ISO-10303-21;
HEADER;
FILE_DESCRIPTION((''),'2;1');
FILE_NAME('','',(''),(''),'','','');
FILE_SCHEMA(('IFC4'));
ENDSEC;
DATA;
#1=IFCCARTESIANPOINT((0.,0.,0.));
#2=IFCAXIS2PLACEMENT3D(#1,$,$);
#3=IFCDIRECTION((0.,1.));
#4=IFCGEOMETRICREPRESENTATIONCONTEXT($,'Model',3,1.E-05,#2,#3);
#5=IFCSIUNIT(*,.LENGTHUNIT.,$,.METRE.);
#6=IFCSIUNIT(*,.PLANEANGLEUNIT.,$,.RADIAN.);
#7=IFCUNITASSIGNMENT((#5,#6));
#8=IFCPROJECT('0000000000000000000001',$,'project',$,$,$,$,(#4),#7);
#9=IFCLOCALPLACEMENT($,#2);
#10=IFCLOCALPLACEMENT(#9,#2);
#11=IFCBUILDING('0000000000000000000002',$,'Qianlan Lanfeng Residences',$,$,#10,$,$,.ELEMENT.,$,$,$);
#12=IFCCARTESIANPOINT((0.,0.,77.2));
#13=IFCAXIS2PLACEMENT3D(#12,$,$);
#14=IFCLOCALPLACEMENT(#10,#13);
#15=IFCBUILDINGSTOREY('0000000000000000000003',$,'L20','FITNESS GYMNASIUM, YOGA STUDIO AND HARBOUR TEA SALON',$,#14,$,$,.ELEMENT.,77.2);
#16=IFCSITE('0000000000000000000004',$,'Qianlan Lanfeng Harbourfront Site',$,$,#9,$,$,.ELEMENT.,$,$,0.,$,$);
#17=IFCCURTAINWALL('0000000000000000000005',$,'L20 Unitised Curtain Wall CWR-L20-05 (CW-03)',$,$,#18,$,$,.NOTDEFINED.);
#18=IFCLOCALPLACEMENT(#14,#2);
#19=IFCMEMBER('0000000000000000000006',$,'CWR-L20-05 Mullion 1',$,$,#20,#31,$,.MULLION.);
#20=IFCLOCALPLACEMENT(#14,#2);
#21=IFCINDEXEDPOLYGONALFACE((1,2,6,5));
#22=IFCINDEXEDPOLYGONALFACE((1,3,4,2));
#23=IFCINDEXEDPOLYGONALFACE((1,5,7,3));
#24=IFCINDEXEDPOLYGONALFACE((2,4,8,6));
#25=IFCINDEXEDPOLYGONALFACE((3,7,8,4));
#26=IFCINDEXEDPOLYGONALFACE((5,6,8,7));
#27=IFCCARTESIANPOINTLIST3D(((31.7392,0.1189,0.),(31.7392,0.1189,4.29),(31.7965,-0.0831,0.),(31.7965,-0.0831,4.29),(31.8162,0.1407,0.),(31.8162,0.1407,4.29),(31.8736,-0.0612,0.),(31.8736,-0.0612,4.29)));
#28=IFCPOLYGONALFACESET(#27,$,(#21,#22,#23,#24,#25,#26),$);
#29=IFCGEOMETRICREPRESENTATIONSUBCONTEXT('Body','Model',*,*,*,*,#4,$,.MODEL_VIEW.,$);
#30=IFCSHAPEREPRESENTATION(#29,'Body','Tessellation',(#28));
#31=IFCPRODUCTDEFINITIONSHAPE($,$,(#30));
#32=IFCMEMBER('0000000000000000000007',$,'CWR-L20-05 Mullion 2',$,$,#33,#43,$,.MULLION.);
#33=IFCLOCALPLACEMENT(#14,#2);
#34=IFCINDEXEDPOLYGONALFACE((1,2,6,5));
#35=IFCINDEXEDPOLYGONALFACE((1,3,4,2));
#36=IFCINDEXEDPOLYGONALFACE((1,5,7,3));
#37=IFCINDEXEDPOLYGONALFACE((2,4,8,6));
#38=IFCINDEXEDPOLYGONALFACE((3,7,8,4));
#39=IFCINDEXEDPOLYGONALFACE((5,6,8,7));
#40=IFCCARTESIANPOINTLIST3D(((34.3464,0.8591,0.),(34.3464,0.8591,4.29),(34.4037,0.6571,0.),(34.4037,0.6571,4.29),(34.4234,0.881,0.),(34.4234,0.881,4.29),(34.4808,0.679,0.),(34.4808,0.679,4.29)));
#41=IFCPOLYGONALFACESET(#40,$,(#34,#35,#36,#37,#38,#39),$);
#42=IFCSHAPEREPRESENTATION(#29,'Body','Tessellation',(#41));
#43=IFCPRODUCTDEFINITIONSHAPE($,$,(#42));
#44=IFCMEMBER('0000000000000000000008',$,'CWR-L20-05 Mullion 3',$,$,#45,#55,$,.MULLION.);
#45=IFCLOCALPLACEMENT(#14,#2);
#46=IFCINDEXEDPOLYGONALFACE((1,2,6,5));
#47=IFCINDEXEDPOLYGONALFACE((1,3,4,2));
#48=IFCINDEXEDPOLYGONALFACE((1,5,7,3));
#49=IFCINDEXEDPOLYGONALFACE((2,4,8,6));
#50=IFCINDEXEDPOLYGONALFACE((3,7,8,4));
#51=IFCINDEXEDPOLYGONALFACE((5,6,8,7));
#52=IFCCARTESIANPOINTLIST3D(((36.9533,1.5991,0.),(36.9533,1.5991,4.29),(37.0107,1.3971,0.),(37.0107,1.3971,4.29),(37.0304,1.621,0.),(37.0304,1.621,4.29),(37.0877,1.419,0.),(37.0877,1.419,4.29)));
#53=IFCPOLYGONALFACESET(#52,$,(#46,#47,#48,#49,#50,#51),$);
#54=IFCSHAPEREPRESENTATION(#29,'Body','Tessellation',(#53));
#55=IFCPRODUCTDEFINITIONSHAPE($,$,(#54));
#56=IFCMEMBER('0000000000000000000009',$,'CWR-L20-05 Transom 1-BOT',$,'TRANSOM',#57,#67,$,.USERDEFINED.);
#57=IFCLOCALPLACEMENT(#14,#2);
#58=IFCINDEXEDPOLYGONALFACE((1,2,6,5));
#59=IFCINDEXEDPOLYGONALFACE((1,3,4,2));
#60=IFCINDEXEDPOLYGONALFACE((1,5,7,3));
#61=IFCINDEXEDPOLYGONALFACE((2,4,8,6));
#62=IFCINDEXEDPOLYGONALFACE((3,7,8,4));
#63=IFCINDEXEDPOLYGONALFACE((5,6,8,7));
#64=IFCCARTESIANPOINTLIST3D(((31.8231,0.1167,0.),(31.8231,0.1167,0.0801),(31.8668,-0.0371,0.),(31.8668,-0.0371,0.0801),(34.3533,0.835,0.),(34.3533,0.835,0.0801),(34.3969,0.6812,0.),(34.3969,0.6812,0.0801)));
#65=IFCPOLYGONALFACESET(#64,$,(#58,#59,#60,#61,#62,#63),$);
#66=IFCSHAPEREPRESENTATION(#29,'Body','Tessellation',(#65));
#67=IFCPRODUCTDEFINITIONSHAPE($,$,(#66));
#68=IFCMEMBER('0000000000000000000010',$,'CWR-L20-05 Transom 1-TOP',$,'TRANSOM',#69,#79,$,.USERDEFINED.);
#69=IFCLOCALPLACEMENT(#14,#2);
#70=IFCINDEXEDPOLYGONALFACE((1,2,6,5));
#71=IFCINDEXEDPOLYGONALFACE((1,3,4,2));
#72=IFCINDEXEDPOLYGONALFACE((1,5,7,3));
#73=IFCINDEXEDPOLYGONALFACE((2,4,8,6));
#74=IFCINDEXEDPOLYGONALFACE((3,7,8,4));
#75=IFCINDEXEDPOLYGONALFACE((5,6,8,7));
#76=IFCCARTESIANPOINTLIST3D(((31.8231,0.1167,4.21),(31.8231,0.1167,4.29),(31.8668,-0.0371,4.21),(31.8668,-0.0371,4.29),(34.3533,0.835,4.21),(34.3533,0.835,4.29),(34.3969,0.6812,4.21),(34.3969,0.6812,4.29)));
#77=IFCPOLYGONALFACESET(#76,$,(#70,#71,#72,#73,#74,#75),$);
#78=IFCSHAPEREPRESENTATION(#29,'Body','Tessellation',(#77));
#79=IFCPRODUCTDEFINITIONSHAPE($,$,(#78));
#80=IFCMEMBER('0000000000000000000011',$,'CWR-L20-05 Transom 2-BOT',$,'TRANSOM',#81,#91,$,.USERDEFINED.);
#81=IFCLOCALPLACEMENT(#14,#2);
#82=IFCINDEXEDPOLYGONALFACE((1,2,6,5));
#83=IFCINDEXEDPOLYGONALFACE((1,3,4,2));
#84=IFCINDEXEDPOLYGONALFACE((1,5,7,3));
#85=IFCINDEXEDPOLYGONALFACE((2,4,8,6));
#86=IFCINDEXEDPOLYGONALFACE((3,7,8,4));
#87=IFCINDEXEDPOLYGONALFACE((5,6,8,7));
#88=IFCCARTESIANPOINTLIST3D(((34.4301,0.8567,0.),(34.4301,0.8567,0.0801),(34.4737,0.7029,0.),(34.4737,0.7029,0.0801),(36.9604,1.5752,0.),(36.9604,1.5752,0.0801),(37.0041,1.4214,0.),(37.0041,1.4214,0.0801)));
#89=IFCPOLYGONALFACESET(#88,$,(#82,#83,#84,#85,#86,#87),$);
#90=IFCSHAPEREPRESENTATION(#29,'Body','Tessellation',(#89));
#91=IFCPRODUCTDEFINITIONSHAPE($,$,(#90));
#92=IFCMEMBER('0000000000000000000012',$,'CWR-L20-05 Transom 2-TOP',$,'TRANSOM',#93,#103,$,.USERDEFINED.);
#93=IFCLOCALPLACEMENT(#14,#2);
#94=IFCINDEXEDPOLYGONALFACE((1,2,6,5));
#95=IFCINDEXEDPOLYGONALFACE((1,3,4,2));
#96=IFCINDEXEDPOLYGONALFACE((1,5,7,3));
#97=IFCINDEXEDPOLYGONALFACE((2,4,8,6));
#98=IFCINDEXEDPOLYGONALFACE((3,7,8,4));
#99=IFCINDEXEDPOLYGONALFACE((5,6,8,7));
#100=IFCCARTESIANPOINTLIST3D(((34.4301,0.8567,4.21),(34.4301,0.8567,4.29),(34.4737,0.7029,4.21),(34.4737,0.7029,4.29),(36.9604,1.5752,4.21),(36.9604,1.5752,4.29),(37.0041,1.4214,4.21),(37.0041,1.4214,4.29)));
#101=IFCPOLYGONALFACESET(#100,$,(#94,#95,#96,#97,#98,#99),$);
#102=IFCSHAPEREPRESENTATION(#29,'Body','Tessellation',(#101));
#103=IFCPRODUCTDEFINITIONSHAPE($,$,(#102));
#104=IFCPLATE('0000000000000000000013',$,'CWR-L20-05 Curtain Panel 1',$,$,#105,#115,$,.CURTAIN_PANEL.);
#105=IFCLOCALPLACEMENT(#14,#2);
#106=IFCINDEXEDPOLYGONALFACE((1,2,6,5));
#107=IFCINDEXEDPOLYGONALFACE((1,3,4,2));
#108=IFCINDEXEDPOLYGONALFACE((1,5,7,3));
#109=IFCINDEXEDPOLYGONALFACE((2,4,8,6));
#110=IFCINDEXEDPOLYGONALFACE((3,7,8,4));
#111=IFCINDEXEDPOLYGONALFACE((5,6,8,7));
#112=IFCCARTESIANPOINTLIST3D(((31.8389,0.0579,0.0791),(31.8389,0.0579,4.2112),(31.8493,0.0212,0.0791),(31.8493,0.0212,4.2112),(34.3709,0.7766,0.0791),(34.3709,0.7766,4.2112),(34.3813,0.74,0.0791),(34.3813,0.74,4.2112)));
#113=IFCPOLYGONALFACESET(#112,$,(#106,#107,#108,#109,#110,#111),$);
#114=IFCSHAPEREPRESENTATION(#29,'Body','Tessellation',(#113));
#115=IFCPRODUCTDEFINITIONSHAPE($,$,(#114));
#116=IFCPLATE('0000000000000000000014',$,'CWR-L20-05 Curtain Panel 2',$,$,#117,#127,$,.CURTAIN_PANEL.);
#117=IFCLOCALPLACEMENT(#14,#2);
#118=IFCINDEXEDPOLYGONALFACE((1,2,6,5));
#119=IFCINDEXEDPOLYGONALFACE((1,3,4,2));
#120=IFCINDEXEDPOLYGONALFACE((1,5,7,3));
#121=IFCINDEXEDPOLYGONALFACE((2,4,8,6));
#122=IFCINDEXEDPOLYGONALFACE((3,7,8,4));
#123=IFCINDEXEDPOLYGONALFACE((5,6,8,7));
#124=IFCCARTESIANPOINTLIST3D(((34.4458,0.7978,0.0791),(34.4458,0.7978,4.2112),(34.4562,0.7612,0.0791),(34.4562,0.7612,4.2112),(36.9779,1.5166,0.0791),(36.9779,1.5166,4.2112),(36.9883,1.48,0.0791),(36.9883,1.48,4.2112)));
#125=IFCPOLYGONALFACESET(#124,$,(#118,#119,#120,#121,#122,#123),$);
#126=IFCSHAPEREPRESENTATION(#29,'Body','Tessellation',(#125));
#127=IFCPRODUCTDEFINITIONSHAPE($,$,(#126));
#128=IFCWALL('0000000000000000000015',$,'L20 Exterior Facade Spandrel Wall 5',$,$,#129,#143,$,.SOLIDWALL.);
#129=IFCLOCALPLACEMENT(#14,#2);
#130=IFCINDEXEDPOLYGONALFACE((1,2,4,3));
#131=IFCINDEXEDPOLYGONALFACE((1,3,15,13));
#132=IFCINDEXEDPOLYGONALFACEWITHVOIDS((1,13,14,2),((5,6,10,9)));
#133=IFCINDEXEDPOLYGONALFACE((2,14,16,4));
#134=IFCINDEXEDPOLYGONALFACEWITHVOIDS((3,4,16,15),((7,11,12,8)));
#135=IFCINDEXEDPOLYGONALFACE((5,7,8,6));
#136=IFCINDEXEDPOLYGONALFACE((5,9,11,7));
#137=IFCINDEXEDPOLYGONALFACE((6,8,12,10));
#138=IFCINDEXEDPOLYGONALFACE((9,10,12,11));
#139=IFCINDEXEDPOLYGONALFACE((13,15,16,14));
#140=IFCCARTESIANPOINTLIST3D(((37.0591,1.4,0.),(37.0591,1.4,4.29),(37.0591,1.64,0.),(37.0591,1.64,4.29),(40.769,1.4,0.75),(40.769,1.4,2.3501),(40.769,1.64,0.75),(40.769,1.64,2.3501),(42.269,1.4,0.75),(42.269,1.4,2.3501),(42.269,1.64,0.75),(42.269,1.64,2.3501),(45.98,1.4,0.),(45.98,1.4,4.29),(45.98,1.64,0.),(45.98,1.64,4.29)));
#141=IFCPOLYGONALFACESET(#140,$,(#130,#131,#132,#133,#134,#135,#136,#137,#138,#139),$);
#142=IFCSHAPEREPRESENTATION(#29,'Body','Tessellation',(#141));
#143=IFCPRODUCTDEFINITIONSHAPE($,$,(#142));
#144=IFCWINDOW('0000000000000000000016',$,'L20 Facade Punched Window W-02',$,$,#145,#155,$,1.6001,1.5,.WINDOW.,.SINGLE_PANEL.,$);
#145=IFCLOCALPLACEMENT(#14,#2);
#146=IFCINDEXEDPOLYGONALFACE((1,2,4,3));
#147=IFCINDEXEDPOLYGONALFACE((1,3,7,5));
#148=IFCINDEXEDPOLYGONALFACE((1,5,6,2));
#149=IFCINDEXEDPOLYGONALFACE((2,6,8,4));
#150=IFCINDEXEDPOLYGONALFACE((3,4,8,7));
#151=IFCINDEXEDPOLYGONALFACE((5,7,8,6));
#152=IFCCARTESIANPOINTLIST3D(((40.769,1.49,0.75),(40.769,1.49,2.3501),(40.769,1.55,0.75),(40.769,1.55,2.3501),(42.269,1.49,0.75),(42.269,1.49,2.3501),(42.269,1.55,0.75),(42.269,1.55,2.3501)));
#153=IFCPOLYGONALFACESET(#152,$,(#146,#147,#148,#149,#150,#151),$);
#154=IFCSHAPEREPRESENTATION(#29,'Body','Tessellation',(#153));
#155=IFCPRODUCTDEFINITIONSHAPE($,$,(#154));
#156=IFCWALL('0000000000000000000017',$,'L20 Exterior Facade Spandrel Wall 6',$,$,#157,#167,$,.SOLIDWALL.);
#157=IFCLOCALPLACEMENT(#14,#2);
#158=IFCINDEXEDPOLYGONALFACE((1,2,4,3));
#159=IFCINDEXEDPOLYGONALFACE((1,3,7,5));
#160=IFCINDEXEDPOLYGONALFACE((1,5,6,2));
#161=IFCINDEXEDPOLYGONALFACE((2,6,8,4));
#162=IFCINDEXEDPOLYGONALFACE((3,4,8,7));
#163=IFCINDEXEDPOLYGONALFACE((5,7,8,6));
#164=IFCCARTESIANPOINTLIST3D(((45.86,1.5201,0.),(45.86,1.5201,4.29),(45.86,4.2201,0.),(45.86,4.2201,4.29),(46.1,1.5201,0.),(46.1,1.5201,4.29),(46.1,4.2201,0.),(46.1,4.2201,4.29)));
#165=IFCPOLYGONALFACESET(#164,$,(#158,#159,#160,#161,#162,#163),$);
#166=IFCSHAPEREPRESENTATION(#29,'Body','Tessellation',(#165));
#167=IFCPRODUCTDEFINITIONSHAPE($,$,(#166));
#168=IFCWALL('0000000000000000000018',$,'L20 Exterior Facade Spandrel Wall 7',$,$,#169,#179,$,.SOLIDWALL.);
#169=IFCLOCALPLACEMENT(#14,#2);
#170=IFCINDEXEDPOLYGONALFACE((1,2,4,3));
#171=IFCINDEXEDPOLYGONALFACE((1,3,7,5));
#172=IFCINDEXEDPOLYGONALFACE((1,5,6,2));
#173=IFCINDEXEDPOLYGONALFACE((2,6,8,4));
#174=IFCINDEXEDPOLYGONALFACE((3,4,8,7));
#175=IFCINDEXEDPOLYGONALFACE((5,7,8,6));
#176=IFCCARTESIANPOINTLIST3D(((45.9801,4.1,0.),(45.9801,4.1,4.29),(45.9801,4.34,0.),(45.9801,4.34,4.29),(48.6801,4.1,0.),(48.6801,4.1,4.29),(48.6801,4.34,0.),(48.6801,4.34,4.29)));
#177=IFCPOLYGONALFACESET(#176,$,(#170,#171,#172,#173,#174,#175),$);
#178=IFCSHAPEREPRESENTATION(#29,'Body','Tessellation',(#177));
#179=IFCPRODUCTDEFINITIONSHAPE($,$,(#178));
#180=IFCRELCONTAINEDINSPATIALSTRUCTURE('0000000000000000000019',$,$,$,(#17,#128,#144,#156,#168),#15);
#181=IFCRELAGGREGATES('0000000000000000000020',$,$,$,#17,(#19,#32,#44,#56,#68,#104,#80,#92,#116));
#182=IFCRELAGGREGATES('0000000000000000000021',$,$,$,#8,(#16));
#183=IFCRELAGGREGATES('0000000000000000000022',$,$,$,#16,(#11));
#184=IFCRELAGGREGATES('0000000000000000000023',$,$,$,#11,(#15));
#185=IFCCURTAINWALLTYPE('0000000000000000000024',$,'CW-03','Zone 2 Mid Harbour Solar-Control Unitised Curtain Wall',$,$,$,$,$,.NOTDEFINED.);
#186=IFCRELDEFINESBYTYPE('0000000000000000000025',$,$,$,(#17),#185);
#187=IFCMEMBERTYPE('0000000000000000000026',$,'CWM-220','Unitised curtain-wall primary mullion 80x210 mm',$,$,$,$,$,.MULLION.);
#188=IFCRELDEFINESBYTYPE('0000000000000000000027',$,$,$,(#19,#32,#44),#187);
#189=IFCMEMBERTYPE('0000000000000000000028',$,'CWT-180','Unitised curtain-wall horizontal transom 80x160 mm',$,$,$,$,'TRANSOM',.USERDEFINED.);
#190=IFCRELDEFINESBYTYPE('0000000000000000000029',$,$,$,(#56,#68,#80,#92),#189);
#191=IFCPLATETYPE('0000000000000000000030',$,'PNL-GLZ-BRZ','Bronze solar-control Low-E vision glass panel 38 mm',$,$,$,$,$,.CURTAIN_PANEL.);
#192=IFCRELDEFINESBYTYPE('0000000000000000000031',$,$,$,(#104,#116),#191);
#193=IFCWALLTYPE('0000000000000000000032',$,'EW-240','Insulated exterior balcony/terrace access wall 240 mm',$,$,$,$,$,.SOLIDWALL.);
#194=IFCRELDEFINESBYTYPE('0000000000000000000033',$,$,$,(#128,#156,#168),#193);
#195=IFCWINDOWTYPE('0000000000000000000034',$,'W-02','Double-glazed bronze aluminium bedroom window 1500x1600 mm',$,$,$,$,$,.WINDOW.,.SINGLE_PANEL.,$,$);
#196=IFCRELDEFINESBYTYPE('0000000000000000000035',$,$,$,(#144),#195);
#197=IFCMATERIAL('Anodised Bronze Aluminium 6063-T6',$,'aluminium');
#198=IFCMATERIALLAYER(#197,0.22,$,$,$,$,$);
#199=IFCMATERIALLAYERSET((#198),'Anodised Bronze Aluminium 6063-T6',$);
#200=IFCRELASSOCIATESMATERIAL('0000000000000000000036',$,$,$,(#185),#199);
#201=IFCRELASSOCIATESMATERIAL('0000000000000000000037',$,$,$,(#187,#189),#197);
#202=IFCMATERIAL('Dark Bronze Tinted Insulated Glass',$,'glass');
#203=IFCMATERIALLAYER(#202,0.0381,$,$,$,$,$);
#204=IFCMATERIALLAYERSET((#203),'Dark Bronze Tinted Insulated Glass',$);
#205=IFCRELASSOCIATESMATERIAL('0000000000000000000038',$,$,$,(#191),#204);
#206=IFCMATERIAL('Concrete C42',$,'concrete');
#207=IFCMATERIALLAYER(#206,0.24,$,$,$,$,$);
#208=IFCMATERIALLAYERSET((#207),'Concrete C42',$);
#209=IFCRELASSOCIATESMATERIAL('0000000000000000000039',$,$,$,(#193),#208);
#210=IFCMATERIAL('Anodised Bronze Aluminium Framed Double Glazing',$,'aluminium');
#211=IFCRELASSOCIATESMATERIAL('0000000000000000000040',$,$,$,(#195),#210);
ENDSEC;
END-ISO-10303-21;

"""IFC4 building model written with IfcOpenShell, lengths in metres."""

from ifc_helpers import new_model, si_unit, direction, frame, frame_2d, origin, origin_2d, place, context, subcontext, project, spatial, rectangle, extrude, source, transform, mapped, material, layer, layer_set, material_profile, profile_set, type_object, element, fill, aggregate, save


model = new_model("IFC4")

# Units and contexts
model_context = context("Model", 3, precision=1e-05, world=origin(), true_north=direction((0.0, 1.0)))
body_context = subcontext(model_context, "Body", "Model", "MODEL_VIEW")
ifc_project = project(units=[si_unit("LENGTHUNIT", "METRE"), si_unit("PLANEANGLEUNIT", "RADIAN")], contexts=[model_context])

# Site, building, storey
site_placement = place(None, origin())
site = spatial("IfcSite", under=ifc_project, at=site_placement, Name="Qianlan Lanfeng Harbourfront Site", CompositionType="ELEMENT", RefElevation=0.0)
building_placement = place(site_placement, origin())
building = spatial("IfcBuilding", under=site, at=building_placement, Name="Qianlan Lanfeng Residences", CompositionType="ELEMENT")
storey_placement = place(building_placement, frame((0.0, 0.0, 77.2)))
storey = spatial("IfcBuildingStorey", under=building, at=storey_placement, Name="L20", Description="FITNESS GYMNASIUM, YOGA STUDIO AND HARBOUR TEA SALON", CompositionType="ELEMENT", Elevation=77.2)

# Curtain wall, members, plates
ifc_material_1 = material(Name="Anodised Bronze Aluminium 6063-T6", Category="aluminium")
ifc_layer_1 = layer(ifc_material_1, 0.22)
ifc_layer_set_1 = layer_set([ifc_layer_1], Name="Anodised Bronze Aluminium 6063-T6")
curtain_wall_type = type_object("IfcCurtainWallType", Name="CW-03", Description="Zone 2 Mid Harbour Solar-Control Unitised Curtain Wall", PredefinedType="NOTDEFINED", material=ifc_layer_set_1)
curtain_wall_placement = place(storey_placement, origin())
curtain_wall = element("IfcCurtainWall", 1, at=curtain_wall_placement, inside=storey, type_object=curtain_wall_type, Name="L20 Unitised Curtain Wall CWR-L20-05 (CW-03)", PredefinedType="NOTDEFINED")
ifc_material_profile_1 = material_profile(ifc_material_1, rectangle(XDim=0.0801, YDim=0.21, at=origin_2d()), Name="ALU MULLION 80x210")
ifc_profile_set_1 = profile_set([ifc_material_profile_1], Name="Anodised Bronze Aluminium 6063-T6")
member_type_1 = type_object("IfcMemberType", Name="CWM-220", Description="Unitised curtain-wall primary mullion 80x210 mm", PredefinedType="MULLION", material=ifc_profile_set_1)
shared_shape_1 = source(origin(), body_context, "Body", "SweptSolid", [
    extrude(rectangle(XDim=0.0801, YDim=0.21, at=origin_2d()), origin(), (0.0, 0.0, 1.0), 4.29),
])
member_1_placement = place(storey_placement, frame((31.8064, 0.0288, 0.0), z_axis=(0.0, 0.0, 1.0), x_axis=(0.961989, 0.273088, 0.0)))
member_1 = element("IfcMember", 2, at=member_1_placement, type_object=member_type_1, Name="CWR-L20-05 Mullion 1", PredefinedType="MULLION", context=body_context, shape_type="MappedRepresentation", body=[
    mapped(shared_shape_1, transform((0.0, 0.0, 0.0), scale=1.0)),
])
member_2_placement = place(storey_placement, frame((34.4136, 0.769, 0.0), z_axis=(0.0, 0.0, 1.0), x_axis=(0.961989, 0.273088, 0.0)))
member_2 = element("IfcMember", 3, at=member_2_placement, type_object=member_type_1, Name="CWR-L20-05 Mullion 2", PredefinedType="MULLION", context=body_context, shape_type="MappedRepresentation", body=[
    mapped(shared_shape_1, transform((0.0, 0.0, 0.0), scale=1.0)),
])
member_3_placement = place(storey_placement, frame((37.0205, 1.509, 0.0), z_axis=(0.0, 0.0, 1.0), x_axis=(0.961989, 0.273088, 0.0)))
member_3 = element("IfcMember", 4, at=member_3_placement, type_object=member_type_1, Name="CWR-L20-05 Mullion 3", PredefinedType="MULLION", context=body_context, shape_type="MappedRepresentation", body=[
    mapped(shared_shape_1, transform((0.0, 0.0, 0.0), scale=1.0)),
])
ifc_material_profile_2 = material_profile(ifc_material_1, rectangle(XDim=0.0801, YDim=0.1599, at=origin_2d()), Name="ALU TRANSOM 80x160")
ifc_profile_set_2 = profile_set([ifc_material_profile_2], Name="Anodised Bronze Aluminium 6063-T6")
member_type_2 = type_object("IfcMemberType", Name="CWT-180", Description="Unitised curtain-wall horizontal transom 80x160 mm", ElementType="TRANSOM", PredefinedType="USERDEFINED", material=ifc_profile_set_2)
shared_shape_2 = source(origin(), body_context, "Body", "SweptSolid", [
    extrude(rectangle(XDim=0.0801, YDim=0.1599, at=origin_2d()), origin(), (0.0, 0.0, 1.0), 2.6301),
])
member_4_placement = place(storey_placement, frame((31.845, 0.0398, 0.04), z_axis=(0.961985, 0.273102, 0.0), x_axis=(0.0, 0.0, 1.0)))
member_4 = element("IfcMember", 5, at=member_4_placement, type_object=member_type_2, Name="CWR-L20-05 Transom 1-BOT", ObjectType="TRANSOM", PredefinedType="USERDEFINED", context=body_context, shape_type="MappedRepresentation", body=[
    mapped(shared_shape_2, transform((0.0, 0.0, 0.0), scale=1.0)),
])
member_5_placement = place(storey_placement, frame((31.845, 0.0398, 4.25), z_axis=(0.961985, 0.273102, 0.0), x_axis=(0.0, 0.0, 1.0)))
member_5 = element("IfcMember", 6, at=member_5_placement, type_object=member_type_2, Name="CWR-L20-05 Transom 1-TOP", ObjectType="TRANSOM", PredefinedType="USERDEFINED", context=body_context, shape_type="MappedRepresentation", body=[
    mapped(shared_shape_2, transform((0.0, 0.0, 0.0), scale=1.0)),
])
shared_shape_3 = source(origin(), body_context, "Body", "SweptSolid", [
    extrude(rectangle(XDim=0.0801, YDim=0.1599, at=origin_2d()), origin(), (0.0, 0.0, 1.0), 2.6304),
])
member_6_placement = place(storey_placement, frame((34.4519, 0.7798, 0.04), z_axis=(0.961968, 0.273164, 0.0), x_axis=(0.0, 0.0, 1.0)))
member_6 = element("IfcMember", 7, at=member_6_placement, type_object=member_type_2, Name="CWR-L20-05 Transom 2-BOT", ObjectType="TRANSOM", PredefinedType="USERDEFINED", context=body_context, shape_type="MappedRepresentation", body=[
    mapped(shared_shape_3, transform((0.0, 0.0, 0.0), scale=1.0)),
])
member_7_placement = place(storey_placement, frame((34.4519, 0.7798, 4.25), z_axis=(0.961968, 0.273164, 0.0), x_axis=(0.0, 0.0, 1.0)))
member_7 = element("IfcMember", 8, at=member_7_placement, type_object=member_type_2, Name="CWR-L20-05 Transom 2-TOP", ObjectType="TRANSOM", PredefinedType="USERDEFINED", context=body_context, shape_type="MappedRepresentation", body=[
    mapped(shared_shape_3, transform((0.0, 0.0, 0.0), scale=1.0)),
])
ifc_material_2 = material(Name="Dark Bronze Tinted Insulated Glass", Category="glass")
ifc_layer_2 = layer(ifc_material_2, 0.0381)
ifc_layer_set_2 = layer_set([ifc_layer_2], Name="Dark Bronze Tinted Insulated Glass")
plate_type = type_object("IfcPlateType", Name="PNL-GLZ-BRZ", Description="Bronze solar-control Low-E vision glass panel 38 mm", PredefinedType="CURTAIN_PANEL", material=ifc_layer_set_2)
shared_shape_4 = source(origin(), body_context, "Body", "SweptSolid", [
    extrude(rectangle(XDim=2.6321, YDim=0.0381, at=origin_2d()), origin(), (0.0, 0.0, 1.0), 4.1321),
])
plate_1_placement = place(storey_placement, frame((33.1101, 0.3989, 0.0791), z_axis=(0.0, 0.0, 1.0), x_axis=(0.961989, 0.273088, 0.0)))
plate_1 = element("IfcPlate", 9, at=plate_1_placement, type_object=plate_type, Name="CWR-L20-05 Curtain Panel 1", PredefinedType="CURTAIN_PANEL", context=body_context, shape_type="MappedRepresentation", body=[
    mapped(shared_shape_4, transform((0.0, 0.0, 0.0), scale=1.0)),
])
plate_2_placement = place(storey_placement, frame((35.717, 1.1389, 0.0791), z_axis=(0.0, 0.0, 1.0), x_axis=(0.961989, 0.273088, 0.0)))
plate_2 = element("IfcPlate", 10, at=plate_2_placement, type_object=plate_type, Name="CWR-L20-05 Curtain Panel 2", PredefinedType="CURTAIN_PANEL", context=body_context, shape_type="MappedRepresentation", body=[
    mapped(shared_shape_4, transform((0.0, 0.0, 0.0), scale=1.0)),
])
aggregate(curtain_wall, [member_1, member_2, member_3, member_4, member_5, plate_1, member_6, member_7, plate_2])

# Wall, opening, window
ifc_material_3 = material(Name="Concrete C42", Category="concrete")
ifc_layer_3 = layer(ifc_material_3, 0.24)
ifc_layer_set_3 = layer_set([ifc_layer_3], Name="Concrete C42")
wall_type_1 = type_object("IfcWallType", Name="EW-240", Description="Insulated exterior balcony/terrace access wall 240 mm", PredefinedType="SOLIDWALL", material=ifc_layer_set_3)
wall_1_placement = place(storey_placement, frame((37.0591, 1.52, 0.0), z_axis=(0.0, 0.0, 1.0), x_axis=(1.0, 0.0, 0.0)))
wall_1 = element("IfcWall", 11, at=wall_1_placement, inside=storey, type_object=wall_type_1, Name="L20 Exterior Facade Spandrel Wall 5", PredefinedType="SOLIDWALL", context=body_context, shape_type="SweptSolid", body=[
    extrude(rectangle(XDim=8.9209, YDim=0.24, at=frame_2d((4.4604, 0.0))), origin(), (0.0, 0.0, 1.0), 4.29),
])
opening_placement = place(wall_1_placement, frame((3.71, 0.0, 0.75)))
opening = element("IfcOpeningElement", 12, at=opening_placement, cuts=wall_1, PredefinedType="OPENING", context=body_context, shape_type="SweptSolid", body=[
    extrude(rectangle(XDim=1.5, YDim=1.6001, at=frame_2d((0.75, 0.8))), frame((0.0, 0.1299, 0.0), z_axis=(0.0, -1.0, 0.0), x_axis=(1.0, 0.0, 0.0)), (0.0, 0.0, 1.0), 0.26),
])
ifc_material_4 = material(Name="Anodised Bronze Aluminium Framed Double Glazing", Category="aluminium")
window_type = type_object("IfcWindowType", Name="W-02", Description="Double-glazed bronze aluminium bedroom window 1500x1600 mm", PartitioningType="SINGLE_PANEL", PredefinedType="WINDOW", material=ifc_material_4)
window_placement = place(opening_placement, origin())
window = element("IfcWindow", 13, at=window_placement, inside=storey, type_object=window_type, Name="L20 Facade Punched Window W-02", OverallHeight=1.6001, OverallWidth=1.5, PartitioningType="SINGLE_PANEL", PredefinedType="WINDOW", context=body_context, shape_type="SweptSolid", body=[
    extrude(rectangle(XDim=1.5, YDim=1.6001, at=frame_2d((0.75, 0.8))), frame((0.0, 0.03, 0.0), z_axis=(0.0, -1.0, 0.0), x_axis=(1.0, 0.0, 0.0)), (0.0, 0.0, 1.0), 0.0601),
])
fill(opening, window)

# Walls
for number, where, z_axis, x_axis, name in (
    (14, (45.98, 1.52, 0.0), (0.0, 0.0, 1.0), (0.0, 1.0, 0.0), "L20 Exterior Facade Spandrel Wall 6"),
    (15, (45.98, 4.22, 0.0), (0.0, 0.0, 1.0), (1.0, 0.0, 0.0), "L20 Exterior Facade Spandrel Wall 7"),
):
    element("IfcWall", number, at=place(storey_placement, frame(where, z_axis=z_axis, x_axis=x_axis)), inside=storey, type_object=wall_type_1, Name=name, PredefinedType="SOLIDWALL", context=body_context, shape_type="SweptSolid", body=[
        extrude(rectangle(XDim=2.7, YDim=0.24, at=frame_2d((1.3501, 0.0))), origin(), (0.0, 0.0, 1.0), 4.29),
    ])

save(model, "model.ifc")
